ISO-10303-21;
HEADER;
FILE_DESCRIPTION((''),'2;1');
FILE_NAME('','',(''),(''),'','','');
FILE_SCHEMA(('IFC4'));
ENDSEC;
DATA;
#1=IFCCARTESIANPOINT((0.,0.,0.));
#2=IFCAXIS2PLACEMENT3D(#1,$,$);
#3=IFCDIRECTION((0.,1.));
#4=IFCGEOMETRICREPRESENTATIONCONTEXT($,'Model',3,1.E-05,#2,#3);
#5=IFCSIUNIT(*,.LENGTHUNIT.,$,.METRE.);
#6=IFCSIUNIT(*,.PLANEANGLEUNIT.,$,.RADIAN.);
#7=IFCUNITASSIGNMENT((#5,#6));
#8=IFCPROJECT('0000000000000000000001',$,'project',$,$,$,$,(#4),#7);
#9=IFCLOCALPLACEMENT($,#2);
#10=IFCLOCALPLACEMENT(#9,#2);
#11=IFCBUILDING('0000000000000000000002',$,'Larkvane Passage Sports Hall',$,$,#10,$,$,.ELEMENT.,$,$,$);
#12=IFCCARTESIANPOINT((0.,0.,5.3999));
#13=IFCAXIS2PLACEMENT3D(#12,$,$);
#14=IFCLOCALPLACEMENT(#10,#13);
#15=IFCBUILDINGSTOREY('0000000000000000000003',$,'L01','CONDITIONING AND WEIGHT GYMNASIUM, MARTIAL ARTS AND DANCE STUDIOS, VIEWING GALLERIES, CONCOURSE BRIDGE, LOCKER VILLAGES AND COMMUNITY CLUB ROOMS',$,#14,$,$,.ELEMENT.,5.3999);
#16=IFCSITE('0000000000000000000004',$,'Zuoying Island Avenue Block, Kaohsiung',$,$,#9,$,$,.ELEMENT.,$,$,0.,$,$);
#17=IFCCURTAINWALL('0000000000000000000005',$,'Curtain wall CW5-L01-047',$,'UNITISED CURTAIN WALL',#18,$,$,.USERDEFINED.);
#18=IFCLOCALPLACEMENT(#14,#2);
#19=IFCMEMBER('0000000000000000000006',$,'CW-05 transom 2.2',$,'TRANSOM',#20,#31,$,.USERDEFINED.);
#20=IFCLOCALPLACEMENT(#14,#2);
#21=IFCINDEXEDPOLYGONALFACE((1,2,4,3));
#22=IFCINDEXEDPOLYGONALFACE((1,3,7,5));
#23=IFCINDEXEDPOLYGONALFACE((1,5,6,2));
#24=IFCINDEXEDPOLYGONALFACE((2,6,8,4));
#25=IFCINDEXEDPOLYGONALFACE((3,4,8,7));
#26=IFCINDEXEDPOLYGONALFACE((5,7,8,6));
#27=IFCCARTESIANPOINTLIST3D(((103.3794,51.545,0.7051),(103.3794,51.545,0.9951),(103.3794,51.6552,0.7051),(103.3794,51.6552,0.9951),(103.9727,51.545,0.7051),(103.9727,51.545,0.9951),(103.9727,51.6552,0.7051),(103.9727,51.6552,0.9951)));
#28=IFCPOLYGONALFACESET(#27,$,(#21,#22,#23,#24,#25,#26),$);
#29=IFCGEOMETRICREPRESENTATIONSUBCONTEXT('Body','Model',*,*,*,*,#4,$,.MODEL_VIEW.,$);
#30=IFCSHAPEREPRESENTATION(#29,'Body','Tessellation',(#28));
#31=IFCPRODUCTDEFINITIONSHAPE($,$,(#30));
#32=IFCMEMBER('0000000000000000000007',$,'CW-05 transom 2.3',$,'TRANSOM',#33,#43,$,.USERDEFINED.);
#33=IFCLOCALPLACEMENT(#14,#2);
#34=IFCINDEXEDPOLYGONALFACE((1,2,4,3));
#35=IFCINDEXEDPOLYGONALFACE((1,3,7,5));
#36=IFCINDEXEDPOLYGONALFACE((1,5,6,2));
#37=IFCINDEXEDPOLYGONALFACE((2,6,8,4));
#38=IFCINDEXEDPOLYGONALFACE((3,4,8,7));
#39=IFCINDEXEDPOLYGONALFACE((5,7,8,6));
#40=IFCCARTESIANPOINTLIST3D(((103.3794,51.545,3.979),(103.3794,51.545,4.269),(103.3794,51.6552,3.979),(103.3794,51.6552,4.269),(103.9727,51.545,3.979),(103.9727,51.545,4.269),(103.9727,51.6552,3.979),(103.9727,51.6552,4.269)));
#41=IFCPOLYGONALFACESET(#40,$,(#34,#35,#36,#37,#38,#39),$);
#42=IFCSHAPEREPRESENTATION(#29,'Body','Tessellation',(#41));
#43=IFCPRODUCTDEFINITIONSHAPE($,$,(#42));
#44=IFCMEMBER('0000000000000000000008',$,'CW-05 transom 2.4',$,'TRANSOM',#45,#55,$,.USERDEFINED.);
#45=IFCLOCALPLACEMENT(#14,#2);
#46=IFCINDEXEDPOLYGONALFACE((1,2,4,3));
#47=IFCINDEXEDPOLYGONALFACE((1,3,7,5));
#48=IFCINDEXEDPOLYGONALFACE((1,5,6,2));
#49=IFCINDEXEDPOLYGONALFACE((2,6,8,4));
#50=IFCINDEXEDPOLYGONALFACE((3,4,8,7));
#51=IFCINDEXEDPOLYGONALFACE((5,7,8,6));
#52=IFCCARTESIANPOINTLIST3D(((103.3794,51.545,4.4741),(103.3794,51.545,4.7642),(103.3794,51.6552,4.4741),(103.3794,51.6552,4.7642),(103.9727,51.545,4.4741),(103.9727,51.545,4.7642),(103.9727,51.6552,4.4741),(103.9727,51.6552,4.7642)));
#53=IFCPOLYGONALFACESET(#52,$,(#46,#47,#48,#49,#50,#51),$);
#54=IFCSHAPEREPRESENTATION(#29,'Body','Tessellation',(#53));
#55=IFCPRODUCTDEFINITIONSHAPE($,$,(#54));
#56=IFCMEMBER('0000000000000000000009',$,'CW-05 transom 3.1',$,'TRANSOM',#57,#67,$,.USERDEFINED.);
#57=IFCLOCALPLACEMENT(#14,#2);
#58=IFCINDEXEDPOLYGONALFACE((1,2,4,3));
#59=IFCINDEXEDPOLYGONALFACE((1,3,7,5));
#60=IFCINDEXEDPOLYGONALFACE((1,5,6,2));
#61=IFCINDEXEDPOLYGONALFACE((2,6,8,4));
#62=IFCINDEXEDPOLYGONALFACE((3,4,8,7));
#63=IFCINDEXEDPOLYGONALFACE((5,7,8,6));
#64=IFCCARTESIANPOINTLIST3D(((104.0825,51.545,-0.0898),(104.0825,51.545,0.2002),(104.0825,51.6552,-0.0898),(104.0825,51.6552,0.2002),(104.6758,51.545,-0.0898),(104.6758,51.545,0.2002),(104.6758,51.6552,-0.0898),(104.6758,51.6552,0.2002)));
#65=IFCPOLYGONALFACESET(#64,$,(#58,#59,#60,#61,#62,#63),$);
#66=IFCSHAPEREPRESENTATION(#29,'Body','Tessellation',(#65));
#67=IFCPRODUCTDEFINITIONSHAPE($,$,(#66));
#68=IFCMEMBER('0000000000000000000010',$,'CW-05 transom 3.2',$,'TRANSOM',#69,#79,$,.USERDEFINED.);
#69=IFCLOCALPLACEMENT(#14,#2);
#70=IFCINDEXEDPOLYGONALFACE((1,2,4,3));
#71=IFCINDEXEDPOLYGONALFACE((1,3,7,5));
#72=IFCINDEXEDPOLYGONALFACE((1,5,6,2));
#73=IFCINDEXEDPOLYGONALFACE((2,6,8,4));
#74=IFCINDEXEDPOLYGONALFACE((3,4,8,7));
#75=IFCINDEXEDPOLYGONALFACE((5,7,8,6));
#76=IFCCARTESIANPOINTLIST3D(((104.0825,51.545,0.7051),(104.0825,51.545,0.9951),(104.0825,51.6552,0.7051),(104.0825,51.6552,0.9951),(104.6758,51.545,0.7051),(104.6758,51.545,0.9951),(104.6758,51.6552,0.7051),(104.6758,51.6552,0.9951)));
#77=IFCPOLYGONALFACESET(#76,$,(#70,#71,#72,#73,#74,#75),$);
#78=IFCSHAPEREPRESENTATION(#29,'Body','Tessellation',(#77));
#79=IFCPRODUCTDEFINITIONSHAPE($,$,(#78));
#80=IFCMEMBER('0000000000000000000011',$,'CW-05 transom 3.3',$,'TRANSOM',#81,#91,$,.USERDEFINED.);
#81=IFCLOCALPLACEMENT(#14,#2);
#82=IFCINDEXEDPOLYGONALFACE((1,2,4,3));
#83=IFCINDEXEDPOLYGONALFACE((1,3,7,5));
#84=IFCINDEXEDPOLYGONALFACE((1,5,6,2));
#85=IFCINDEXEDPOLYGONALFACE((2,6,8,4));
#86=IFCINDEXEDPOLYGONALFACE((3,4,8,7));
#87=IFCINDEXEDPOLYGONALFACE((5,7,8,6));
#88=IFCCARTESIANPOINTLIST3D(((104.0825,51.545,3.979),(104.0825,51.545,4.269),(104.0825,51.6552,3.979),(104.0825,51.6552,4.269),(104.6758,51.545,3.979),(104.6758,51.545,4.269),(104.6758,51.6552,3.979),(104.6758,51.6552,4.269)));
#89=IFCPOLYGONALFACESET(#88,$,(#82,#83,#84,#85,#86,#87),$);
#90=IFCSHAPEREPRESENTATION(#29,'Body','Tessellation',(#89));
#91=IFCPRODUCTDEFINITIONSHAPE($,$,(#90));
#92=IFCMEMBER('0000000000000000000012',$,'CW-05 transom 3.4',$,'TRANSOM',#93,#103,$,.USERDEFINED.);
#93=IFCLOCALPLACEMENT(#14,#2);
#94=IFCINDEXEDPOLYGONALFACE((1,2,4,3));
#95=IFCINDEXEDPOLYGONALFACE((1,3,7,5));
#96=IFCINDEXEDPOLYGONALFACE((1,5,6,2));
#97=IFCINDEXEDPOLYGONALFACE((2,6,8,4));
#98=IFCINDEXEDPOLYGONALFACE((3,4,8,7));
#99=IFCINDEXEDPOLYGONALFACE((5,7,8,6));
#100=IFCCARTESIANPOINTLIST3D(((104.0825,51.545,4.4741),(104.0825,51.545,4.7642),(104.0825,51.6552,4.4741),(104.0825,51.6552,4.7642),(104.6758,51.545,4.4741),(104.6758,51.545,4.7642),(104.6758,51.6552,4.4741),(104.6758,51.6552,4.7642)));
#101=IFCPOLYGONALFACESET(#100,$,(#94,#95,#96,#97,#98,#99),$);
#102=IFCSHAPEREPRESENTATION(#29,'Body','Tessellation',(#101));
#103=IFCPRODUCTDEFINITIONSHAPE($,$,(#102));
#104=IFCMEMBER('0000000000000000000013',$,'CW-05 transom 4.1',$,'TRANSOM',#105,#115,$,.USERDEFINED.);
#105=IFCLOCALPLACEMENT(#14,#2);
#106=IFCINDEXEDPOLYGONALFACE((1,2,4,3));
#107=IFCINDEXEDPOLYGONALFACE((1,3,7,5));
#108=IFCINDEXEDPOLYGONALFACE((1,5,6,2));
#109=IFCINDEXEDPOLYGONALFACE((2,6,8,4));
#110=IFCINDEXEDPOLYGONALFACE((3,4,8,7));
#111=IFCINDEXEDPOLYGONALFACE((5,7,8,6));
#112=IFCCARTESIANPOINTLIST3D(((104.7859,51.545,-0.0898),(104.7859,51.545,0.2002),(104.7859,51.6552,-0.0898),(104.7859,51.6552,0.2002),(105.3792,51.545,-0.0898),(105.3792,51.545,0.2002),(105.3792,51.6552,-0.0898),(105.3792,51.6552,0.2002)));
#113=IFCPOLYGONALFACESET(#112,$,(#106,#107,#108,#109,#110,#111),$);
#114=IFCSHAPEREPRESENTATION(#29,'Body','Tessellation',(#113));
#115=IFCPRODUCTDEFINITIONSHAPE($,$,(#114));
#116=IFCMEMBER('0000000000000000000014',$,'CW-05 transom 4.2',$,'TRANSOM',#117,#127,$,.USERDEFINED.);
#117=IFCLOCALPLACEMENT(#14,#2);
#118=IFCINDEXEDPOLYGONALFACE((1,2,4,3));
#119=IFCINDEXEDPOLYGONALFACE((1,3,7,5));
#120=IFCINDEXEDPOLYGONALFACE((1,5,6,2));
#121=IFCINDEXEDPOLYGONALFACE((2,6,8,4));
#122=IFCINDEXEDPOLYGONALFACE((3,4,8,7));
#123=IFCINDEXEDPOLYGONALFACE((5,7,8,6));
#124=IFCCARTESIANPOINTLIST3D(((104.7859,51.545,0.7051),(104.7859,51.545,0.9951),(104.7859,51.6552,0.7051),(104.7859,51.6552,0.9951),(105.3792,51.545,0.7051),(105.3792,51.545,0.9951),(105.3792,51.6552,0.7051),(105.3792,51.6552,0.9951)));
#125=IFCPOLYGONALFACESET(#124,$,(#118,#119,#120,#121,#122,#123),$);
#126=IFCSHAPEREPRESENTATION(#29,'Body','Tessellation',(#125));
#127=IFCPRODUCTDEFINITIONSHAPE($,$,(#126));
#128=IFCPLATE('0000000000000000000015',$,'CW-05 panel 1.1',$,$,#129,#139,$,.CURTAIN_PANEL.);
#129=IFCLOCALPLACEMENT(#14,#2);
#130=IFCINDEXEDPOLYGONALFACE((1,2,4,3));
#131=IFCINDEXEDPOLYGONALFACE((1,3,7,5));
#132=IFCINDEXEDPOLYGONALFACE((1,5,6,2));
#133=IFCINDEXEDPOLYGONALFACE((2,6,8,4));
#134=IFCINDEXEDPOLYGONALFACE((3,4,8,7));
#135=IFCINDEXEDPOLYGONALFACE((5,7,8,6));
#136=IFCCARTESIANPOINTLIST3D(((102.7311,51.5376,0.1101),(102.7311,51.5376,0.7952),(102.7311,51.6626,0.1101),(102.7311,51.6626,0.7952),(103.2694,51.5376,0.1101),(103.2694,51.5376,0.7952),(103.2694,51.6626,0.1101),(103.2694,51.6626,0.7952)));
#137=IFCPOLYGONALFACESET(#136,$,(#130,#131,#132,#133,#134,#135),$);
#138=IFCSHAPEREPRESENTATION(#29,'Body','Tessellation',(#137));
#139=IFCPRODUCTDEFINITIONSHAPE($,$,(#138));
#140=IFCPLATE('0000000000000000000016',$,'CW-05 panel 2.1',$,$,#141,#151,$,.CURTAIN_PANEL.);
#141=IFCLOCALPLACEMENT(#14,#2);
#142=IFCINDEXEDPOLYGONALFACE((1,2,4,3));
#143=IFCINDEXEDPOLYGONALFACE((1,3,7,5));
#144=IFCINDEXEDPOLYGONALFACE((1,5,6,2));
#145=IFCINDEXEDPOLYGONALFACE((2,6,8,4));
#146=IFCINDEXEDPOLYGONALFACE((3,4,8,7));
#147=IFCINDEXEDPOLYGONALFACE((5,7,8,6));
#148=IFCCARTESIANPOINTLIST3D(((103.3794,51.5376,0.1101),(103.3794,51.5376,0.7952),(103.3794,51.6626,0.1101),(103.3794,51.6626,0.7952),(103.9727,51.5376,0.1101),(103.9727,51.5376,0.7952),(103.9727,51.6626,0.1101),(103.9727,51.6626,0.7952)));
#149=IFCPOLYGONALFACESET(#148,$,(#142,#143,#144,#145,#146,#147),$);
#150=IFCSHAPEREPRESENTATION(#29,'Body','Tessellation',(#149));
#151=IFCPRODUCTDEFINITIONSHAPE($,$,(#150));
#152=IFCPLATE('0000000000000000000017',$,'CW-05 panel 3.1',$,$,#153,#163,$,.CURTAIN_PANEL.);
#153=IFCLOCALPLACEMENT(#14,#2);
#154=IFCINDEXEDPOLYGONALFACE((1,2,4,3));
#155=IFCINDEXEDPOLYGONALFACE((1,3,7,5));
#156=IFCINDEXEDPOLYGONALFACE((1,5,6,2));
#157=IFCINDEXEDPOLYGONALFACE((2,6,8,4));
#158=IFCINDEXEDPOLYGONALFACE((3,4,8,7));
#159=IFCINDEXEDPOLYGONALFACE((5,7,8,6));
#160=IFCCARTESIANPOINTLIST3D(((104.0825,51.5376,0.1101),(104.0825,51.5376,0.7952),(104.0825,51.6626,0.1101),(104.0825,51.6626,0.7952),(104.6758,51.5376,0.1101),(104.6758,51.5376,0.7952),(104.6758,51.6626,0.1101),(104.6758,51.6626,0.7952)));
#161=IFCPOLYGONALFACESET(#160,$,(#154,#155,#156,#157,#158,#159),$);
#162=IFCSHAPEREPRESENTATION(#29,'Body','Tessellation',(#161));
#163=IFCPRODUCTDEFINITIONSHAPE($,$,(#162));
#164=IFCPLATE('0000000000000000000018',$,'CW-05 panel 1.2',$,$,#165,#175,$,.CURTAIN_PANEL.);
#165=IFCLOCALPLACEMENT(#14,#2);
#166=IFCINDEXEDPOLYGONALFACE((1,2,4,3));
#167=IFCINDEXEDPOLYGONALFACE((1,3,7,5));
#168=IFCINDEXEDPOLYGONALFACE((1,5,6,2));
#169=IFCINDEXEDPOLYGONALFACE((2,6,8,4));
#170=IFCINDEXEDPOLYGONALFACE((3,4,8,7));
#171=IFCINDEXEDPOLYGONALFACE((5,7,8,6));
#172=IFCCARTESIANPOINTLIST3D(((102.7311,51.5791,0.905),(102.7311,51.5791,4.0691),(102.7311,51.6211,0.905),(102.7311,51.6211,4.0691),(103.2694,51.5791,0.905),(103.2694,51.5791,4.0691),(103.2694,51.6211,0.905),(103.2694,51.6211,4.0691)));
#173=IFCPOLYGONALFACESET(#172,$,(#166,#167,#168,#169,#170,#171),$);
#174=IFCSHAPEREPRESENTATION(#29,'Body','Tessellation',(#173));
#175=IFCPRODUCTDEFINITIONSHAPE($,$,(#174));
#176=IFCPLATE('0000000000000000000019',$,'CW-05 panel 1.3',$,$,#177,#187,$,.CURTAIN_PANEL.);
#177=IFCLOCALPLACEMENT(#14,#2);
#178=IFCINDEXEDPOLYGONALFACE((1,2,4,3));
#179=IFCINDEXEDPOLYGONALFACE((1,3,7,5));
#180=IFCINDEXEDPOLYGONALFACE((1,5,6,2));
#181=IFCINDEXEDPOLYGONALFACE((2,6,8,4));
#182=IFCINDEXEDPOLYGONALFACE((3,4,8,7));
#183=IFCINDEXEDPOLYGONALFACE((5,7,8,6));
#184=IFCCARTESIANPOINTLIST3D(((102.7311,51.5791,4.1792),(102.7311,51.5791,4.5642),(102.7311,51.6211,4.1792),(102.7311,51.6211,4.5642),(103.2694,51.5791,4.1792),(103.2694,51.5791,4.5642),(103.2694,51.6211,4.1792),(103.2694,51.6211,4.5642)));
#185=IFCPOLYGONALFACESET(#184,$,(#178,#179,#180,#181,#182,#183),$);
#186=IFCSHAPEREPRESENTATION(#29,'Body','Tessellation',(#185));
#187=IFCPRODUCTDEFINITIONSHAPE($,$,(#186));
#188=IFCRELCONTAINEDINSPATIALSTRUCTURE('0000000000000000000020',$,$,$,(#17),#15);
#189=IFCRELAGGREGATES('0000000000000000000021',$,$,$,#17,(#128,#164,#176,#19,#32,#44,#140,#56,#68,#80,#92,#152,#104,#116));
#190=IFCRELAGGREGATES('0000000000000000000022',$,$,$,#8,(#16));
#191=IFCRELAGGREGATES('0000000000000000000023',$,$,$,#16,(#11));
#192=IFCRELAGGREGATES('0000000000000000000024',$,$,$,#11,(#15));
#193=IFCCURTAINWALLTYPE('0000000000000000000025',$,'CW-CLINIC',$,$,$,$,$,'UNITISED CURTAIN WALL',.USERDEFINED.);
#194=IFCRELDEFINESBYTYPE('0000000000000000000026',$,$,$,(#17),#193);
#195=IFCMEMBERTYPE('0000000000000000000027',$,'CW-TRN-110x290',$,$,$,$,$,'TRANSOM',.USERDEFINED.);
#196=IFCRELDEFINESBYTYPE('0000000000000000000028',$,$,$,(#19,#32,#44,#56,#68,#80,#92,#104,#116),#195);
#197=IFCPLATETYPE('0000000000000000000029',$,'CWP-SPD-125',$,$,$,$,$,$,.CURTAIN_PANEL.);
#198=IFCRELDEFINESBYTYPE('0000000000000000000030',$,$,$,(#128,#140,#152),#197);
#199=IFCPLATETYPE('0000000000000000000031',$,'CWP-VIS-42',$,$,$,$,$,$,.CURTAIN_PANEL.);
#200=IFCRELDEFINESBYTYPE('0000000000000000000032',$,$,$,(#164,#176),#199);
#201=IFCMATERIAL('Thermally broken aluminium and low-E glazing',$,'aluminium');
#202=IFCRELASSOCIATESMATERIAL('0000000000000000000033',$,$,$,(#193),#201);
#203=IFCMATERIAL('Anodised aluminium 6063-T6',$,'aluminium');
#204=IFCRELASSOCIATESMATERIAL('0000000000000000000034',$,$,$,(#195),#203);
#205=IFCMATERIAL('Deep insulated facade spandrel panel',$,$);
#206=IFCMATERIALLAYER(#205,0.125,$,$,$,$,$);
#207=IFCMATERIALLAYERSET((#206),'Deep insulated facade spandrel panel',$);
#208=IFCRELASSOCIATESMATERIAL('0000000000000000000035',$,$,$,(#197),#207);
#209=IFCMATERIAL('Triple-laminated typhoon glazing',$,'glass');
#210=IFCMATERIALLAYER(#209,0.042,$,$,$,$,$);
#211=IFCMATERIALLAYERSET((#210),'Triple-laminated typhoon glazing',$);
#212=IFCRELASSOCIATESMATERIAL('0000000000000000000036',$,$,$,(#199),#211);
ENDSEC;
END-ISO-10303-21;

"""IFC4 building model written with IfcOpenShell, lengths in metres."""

from ifc_helpers import new_model, si_unit, direction, frame, origin, origin_2d, place, context, subcontext, project, spatial, rectangle, extrude, material, layer, layer_set, material_profile, profile_set, type_object, element, aggregate, save


model = new_model("IFC4")

# Units and contexts
model_context = context("Model", 3, precision=1e-05, world=origin(), true_north=direction((0.0, 1.0)))
body_context = subcontext(model_context, "Body", "Model", "MODEL_VIEW")
ifc_project = project(units=[si_unit("LENGTHUNIT", "METRE"), si_unit("PLANEANGLEUNIT", "RADIAN")], contexts=[model_context])

# Site, building, storey
site_placement = place(None, origin())
site = spatial("IfcSite", under=ifc_project, at=site_placement, Name="Zuoying Island Avenue Block, Kaohsiung", CompositionType="ELEMENT", RefElevation=0.0)
building_placement = place(site_placement, origin())
building = spatial("IfcBuilding", under=site, at=building_placement, Name="Larkvane Passage Sports Hall", CompositionType="ELEMENT")
storey_placement = place(building_placement, frame((0.0, 0.0, 5.3999)))
storey = spatial("IfcBuildingStorey", under=building, at=storey_placement, Name="L01", Description="CONDITIONING AND WEIGHT GYMNASIUM, MARTIAL ARTS AND DANCE STUDIOS, VIEWING GALLERIES, CONCOURSE BRIDGE, LOCKER VILLAGES AND COMMUNITY CLUB ROOMS", CompositionType="ELEMENT", Elevation=5.3999)

# Curtain wall, members, plates
ifc_material_1 = material(Name="Thermally broken aluminium and low-E glazing", Category="aluminium")
curtain_wall_type = type_object("IfcCurtainWallType", Name="CW-CLINIC", ElementType="UNITISED CURTAIN WALL", PredefinedType="USERDEFINED", material=ifc_material_1)
curtain_wall_placement = place(storey_placement, origin())
curtain_wall = element("IfcCurtainWall", 1, at=curtain_wall_placement, inside=storey, type_object=curtain_wall_type, Name="Curtain wall CW5-L01-047", ObjectType="UNITISED CURTAIN WALL", PredefinedType="USERDEFINED")
ifc_material_2 = material(Name="Anodised aluminium 6063-T6", Category="aluminium")
ifc_material_profile_1 = material_profile(ifc_material_2, rectangle(XDim=0.1101, YDim=0.29, at=origin_2d()), Name="ALU-TRN-110x290")
ifc_profile_set_1 = profile_set([ifc_material_profile_1], Name="Anodised aluminium 6063-T6")
member_type_1 = type_object("IfcMemberType", Name="CW-TRN-110x290", ElementType="TRANSOM", PredefinedType="USERDEFINED", material=ifc_profile_set_1)
member_1_placement = place(storey_placement, frame((103.3794, 51.6001, 0.8501), z_axis=(1.0, 0.0, 0.0), x_axis=(0.0, 1.0, 0.0)))
member_1 = element("IfcMember", 2, at=member_1_placement, type_object=member_type_1, Name="CW-05 transom 2.2", ObjectType="TRANSOM", PredefinedType="USERDEFINED", context=body_context, shape_type="SweptSolid", body=[
    extrude(rectangle(XDim=0.1101, YDim=0.29, at=origin_2d()), origin(), (0.0, 0.0, 1.0), 0.5933),
])
member_2_placement = place(storey_placement, frame((103.3794, 51.6001, 4.124), z_axis=(1.0, 0.0, 0.0), x_axis=(0.0, 1.0, 0.0)))
member_2 = element("IfcMember", 3, at=member_2_placement, type_object=member_type_1, Name="CW-05 transom 2.3", ObjectType="TRANSOM", PredefinedType="USERDEFINED", context=body_context, shape_type="SweptSolid", body=[
    extrude(rectangle(XDim=0.1101, YDim=0.29, at=origin_2d()), origin(), (0.0, 0.0, 1.0), 0.5933),
])
member_3_placement = place(storey_placement, frame((103.3794, 51.6001, 4.6191), z_axis=(1.0, 0.0, 0.0), x_axis=(0.0, 1.0, 0.0)))
member_3 = element("IfcMember", 4, at=member_3_placement, type_object=member_type_1, Name="CW-05 transom 2.4", ObjectType="TRANSOM", PredefinedType="USERDEFINED", context=body_context, shape_type="SweptSolid", body=[
    extrude(rectangle(XDim=0.1101, YDim=0.29, at=origin_2d()), origin(), (0.0, 0.0, 1.0), 0.5933),
])
member_4_placement = place(storey_placement, frame((104.0825, 51.6001, 0.0552), z_axis=(1.0, 0.0, 0.0), x_axis=(0.0, 1.0, 0.0)))
member_4 = element("IfcMember", 5, at=member_4_placement, type_object=member_type_1, Name="CW-05 transom 3.1", ObjectType="TRANSOM", PredefinedType="USERDEFINED", context=body_context, shape_type="SweptSolid", body=[
    extrude(rectangle(XDim=0.1101, YDim=0.29, at=origin_2d()), origin(), (0.0, 0.0, 1.0), 0.5933),
])
member_5_placement = place(storey_placement, frame((104.0825, 51.6001, 0.8501), z_axis=(1.0, 0.0, 0.0), x_axis=(0.0, 1.0, 0.0)))
member_5 = element("IfcMember", 6, at=member_5_placement, type_object=member_type_1, Name="CW-05 transom 3.2", ObjectType="TRANSOM", PredefinedType="USERDEFINED", context=body_context, shape_type="SweptSolid", body=[
    extrude(rectangle(XDim=0.1101, YDim=0.29, at=origin_2d()), origin(), (0.0, 0.0, 1.0), 0.5933),
])
member_6_placement = place(storey_placement, frame((104.0825, 51.6001, 4.124), z_axis=(1.0, 0.0, 0.0), x_axis=(0.0, 1.0, 0.0)))
member_6 = element("IfcMember", 7, at=member_6_placement, type_object=member_type_1, Name="CW-05 transom 3.3", ObjectType="TRANSOM", PredefinedType="USERDEFINED", context=body_context, shape_type="SweptSolid", body=[
    extrude(rectangle(XDim=0.1101, YDim=0.29, at=origin_2d()), origin(), (0.0, 0.0, 1.0), 0.5933),
])
member_7_placement = place(storey_placement, frame((104.0825, 51.6001, 4.6191), z_axis=(1.0, 0.0, 0.0), x_axis=(0.0, 1.0, 0.0)))
member_7 = element("IfcMember", 8, at=member_7_placement, type_object=member_type_1, Name="CW-05 transom 3.4", ObjectType="TRANSOM", PredefinedType="USERDEFINED", context=body_context, shape_type="SweptSolid", body=[
    extrude(rectangle(XDim=0.1101, YDim=0.29, at=origin_2d()), origin(), (0.0, 0.0, 1.0), 0.5933),
])
member_8_placement = place(storey_placement, frame((104.7859, 51.6001, 0.0552), z_axis=(1.0, 0.0, 0.0), x_axis=(0.0, 1.0, 0.0)))
member_8 = element("IfcMember", 9, at=member_8_placement, type_object=member_type_1, Name="CW-05 transom 4.1", ObjectType="TRANSOM", PredefinedType="USERDEFINED", context=body_context, shape_type="SweptSolid", body=[
    extrude(rectangle(XDim=0.1101, YDim=0.29, at=origin_2d()), origin(), (0.0, 0.0, 1.0), 0.5933),
])
member_9_placement = place(storey_placement, frame((104.7859, 51.6001, 0.8501), z_axis=(1.0, 0.0, 0.0), x_axis=(0.0, 1.0, 0.0)))
member_9 = element("IfcMember", 10, at=member_9_placement, type_object=member_type_1, Name="CW-05 transom 4.2", ObjectType="TRANSOM", PredefinedType="USERDEFINED", context=body_context, shape_type="SweptSolid", body=[
    extrude(rectangle(XDim=0.1101, YDim=0.29, at=origin_2d()), origin(), (0.0, 0.0, 1.0), 0.5933),
])
ifc_material_3 = material(Name="Deep insulated facade spandrel panel")
ifc_layer_1 = layer(ifc_material_3, 0.125)
ifc_layer_set_1 = layer_set([ifc_layer_1], Name="Deep insulated facade spandrel panel")
plate_type_1 = type_object("IfcPlateType", Name="CWP-SPD-125", PredefinedType="CURTAIN_PANEL", material=ifc_layer_set_1)
plate_1_placement = place(storey_placement, frame((103.0002, 51.6001, 0.1101), z_axis=(0.0, 0.0, 1.0), x_axis=(1.0, 0.0, 0.0)))
plate_1 = element("IfcPlate", 11, at=plate_1_placement, type_object=plate_type_1, Name="CW-05 panel 1.1", PredefinedType="CURTAIN_PANEL", context=body_context, shape_type="SweptSolid", body=[
    extrude(rectangle(XDim=0.5383, YDim=0.125, at=origin_2d()), origin(), (0.0, 0.0, 1.0), 0.6851),
])
plate_2_placement = place(storey_placement, frame((103.676, 51.6001, 0.1101), z_axis=(0.0, 0.0, 1.0), x_axis=(1.0, 0.0, 0.0)))
plate_2 = element("IfcPlate", 12, at=plate_2_placement, type_object=plate_type_1, Name="CW-05 panel 2.1", PredefinedType="CURTAIN_PANEL", context=body_context, shape_type="SweptSolid", body=[
    extrude(rectangle(XDim=0.5933, YDim=0.125, at=origin_2d()), origin(), (0.0, 0.0, 1.0), 0.6851),
])
plate_3_placement = place(storey_placement, frame((104.3792, 51.6001, 0.1101), z_axis=(0.0, 0.0, 1.0), x_axis=(1.0, 0.0, 0.0)))
plate_3 = element("IfcPlate", 13, at=plate_3_placement, type_object=plate_type_1, Name="CW-05 panel 3.1", PredefinedType="CURTAIN_PANEL", context=body_context, shape_type="SweptSolid", body=[
    extrude(rectangle(XDim=0.5933, YDim=0.125, at=origin_2d()), origin(), (0.0, 0.0, 1.0), 0.6851),
])
ifc_material_4 = material(Name="Triple-laminated typhoon glazing", Category="glass")
ifc_layer_2 = layer(ifc_material_4, 0.042)
ifc_layer_set_2 = layer_set([ifc_layer_2], Name="Triple-laminated typhoon glazing")
plate_type_2 = type_object("IfcPlateType", Name="CWP-VIS-42", PredefinedType="CURTAIN_PANEL", material=ifc_layer_set_2)
plate_4_placement = place(storey_placement, frame((103.0002, 51.6001, 0.905), z_axis=(0.0, 0.0, 1.0), x_axis=(1.0, 0.0, 0.0)))
plate_4 = element("IfcPlate", 14, at=plate_4_placement, type_object=plate_type_2, Name="CW-05 panel 1.2", PredefinedType="CURTAIN_PANEL", context=body_context, shape_type="SweptSolid", body=[
    extrude(rectangle(XDim=0.5383, YDim=0.042, at=origin_2d()), origin(), (0.0, 0.0, 1.0), 3.1641),
])
plate_5_placement = place(storey_placement, frame((103.0002, 51.6001, 4.1792), z_axis=(0.0, 0.0, 1.0), x_axis=(1.0, 0.0, 0.0)))
plate_5 = element("IfcPlate", 15, at=plate_5_placement, type_object=plate_type_2, Name="CW-05 panel 1.3", PredefinedType="CURTAIN_PANEL", context=body_context, shape_type="SweptSolid", body=[
    extrude(rectangle(XDim=0.5383, YDim=0.042, at=origin_2d()), origin(), (0.0, 0.0, 1.0), 0.385),
])
aggregate(curtain_wall, [plate_1, plate_4, plate_5, member_1, member_2, member_3, plate_2, member_4, member_5, member_6, member_7, plate_3, member_8, member_9])

save(model, "model.ifc")
